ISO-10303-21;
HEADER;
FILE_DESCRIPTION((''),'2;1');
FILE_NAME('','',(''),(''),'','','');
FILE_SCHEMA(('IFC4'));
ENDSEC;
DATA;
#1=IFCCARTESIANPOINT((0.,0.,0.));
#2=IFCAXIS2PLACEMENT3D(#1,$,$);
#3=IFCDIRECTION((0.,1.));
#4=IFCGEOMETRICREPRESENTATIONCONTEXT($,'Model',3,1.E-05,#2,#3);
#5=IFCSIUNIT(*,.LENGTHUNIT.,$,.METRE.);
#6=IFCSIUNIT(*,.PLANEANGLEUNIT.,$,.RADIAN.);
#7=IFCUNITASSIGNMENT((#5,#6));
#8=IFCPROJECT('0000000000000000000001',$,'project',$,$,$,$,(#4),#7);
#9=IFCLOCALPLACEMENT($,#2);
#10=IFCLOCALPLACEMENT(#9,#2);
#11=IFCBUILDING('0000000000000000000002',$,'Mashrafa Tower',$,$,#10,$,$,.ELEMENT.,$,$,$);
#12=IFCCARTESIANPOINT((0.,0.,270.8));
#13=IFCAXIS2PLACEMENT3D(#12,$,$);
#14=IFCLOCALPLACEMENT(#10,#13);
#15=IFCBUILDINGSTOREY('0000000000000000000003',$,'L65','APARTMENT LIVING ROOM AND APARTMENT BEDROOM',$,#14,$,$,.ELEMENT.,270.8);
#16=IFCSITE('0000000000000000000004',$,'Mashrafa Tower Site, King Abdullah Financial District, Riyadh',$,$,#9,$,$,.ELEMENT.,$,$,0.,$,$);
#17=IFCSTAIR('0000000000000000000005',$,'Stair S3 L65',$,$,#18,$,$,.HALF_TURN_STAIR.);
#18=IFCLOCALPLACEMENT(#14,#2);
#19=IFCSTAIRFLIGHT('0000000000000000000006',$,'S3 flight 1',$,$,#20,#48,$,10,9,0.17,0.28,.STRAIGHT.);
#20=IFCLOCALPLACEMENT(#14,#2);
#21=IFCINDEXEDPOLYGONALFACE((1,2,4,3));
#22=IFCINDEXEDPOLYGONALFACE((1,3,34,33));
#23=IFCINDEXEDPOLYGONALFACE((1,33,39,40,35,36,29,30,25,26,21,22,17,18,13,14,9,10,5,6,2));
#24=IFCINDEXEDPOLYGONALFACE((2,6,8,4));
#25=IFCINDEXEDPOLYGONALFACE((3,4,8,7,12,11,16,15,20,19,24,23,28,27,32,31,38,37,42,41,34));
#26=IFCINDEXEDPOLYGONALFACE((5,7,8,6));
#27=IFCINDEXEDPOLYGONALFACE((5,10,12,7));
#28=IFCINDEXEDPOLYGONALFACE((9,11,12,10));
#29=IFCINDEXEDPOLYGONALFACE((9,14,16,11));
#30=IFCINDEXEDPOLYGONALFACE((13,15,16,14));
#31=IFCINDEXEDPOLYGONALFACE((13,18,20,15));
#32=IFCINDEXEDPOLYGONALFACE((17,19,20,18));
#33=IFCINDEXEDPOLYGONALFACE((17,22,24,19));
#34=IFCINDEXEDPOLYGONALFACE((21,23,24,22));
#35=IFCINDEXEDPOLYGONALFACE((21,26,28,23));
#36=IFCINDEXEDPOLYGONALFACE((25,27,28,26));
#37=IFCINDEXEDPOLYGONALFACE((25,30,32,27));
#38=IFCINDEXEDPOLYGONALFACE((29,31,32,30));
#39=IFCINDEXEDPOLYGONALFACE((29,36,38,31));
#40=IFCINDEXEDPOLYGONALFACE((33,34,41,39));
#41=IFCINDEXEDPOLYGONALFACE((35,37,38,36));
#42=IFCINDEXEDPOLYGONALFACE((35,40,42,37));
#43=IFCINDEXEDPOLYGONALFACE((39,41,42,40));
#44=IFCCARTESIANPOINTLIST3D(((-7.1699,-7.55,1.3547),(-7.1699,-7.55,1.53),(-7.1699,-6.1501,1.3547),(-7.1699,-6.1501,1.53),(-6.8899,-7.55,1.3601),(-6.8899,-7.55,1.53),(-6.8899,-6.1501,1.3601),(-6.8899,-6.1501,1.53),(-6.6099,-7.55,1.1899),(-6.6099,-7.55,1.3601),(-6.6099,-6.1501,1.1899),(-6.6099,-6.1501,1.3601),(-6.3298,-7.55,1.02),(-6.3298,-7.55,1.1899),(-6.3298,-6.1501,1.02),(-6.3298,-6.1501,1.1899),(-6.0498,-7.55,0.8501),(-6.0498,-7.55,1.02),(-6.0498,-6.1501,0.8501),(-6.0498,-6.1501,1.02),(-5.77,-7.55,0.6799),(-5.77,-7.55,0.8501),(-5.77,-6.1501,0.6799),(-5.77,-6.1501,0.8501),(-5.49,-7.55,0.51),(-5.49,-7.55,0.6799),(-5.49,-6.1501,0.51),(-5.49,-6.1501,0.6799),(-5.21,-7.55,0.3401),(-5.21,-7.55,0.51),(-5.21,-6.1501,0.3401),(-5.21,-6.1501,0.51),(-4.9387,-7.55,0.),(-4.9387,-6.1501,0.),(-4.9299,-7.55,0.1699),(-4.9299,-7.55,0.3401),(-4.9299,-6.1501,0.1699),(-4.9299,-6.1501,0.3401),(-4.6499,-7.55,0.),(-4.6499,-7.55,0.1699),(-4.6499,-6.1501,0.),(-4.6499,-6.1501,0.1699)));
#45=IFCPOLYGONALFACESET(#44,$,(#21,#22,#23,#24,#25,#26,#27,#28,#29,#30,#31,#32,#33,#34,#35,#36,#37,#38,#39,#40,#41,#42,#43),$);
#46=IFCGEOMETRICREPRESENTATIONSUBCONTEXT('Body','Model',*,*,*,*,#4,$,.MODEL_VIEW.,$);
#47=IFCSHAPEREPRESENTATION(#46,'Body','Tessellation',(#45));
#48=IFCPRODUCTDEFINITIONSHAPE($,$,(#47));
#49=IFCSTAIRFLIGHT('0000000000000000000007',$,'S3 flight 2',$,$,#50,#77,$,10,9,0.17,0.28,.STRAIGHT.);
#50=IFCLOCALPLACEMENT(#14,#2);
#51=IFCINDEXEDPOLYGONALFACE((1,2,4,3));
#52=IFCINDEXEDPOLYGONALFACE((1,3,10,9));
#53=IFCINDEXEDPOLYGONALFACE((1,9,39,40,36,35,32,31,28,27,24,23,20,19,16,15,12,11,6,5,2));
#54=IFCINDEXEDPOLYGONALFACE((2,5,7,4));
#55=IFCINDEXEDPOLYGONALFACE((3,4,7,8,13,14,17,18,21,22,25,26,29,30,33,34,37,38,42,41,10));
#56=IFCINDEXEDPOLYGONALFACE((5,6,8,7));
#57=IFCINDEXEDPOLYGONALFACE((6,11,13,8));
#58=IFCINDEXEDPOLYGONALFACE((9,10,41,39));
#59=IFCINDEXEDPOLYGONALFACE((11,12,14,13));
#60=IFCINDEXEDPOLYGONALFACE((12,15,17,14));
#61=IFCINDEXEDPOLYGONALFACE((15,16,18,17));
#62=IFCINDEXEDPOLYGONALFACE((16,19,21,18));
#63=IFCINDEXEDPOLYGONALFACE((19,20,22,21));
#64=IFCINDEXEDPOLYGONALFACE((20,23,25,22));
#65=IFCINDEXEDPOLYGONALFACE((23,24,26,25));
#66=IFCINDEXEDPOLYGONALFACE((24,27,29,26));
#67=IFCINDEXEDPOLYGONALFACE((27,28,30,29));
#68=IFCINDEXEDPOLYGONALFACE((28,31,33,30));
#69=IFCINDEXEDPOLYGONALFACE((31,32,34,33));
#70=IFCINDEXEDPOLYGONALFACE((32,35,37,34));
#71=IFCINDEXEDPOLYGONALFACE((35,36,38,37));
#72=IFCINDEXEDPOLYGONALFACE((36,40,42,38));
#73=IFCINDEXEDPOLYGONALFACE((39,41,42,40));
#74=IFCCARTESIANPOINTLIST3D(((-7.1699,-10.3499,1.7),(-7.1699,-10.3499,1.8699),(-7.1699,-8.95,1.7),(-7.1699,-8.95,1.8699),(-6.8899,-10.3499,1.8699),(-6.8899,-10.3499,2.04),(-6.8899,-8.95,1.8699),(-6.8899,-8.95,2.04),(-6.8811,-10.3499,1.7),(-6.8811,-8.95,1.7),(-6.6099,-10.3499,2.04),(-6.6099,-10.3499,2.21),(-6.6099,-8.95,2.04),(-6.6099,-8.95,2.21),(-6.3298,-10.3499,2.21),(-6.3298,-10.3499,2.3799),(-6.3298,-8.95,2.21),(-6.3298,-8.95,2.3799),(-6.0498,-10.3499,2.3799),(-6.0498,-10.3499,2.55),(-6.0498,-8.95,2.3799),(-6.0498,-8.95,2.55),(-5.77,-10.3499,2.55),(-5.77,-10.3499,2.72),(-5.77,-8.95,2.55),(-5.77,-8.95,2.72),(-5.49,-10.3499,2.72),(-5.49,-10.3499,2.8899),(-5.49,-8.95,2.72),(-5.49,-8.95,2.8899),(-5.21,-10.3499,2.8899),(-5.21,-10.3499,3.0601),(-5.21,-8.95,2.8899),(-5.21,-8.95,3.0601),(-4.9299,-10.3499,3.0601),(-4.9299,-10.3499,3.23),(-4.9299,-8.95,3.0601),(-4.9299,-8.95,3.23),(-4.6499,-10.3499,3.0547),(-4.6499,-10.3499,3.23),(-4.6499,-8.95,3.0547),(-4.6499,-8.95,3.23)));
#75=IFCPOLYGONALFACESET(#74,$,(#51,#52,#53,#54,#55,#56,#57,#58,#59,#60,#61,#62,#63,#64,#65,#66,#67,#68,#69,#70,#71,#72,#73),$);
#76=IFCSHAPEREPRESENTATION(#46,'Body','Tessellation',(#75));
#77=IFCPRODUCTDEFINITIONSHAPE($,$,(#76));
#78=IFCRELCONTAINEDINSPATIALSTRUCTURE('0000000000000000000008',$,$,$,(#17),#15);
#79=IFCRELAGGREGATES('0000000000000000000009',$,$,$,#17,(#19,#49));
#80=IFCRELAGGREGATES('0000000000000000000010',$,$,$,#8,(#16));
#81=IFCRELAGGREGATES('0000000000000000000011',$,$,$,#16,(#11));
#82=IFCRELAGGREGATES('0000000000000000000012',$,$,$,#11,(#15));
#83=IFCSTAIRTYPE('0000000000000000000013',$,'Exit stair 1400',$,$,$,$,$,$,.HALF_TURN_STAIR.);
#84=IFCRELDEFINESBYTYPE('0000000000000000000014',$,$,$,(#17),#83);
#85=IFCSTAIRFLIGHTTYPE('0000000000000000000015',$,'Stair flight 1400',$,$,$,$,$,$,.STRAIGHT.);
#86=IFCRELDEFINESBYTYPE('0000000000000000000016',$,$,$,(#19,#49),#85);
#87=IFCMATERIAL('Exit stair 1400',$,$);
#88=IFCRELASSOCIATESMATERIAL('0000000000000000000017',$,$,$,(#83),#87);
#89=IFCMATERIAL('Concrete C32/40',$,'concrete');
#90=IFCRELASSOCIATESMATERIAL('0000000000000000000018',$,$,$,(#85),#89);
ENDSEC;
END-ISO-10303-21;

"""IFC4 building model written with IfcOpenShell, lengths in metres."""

from ifc_helpers import new_model, si_unit, direction, frame, origin, place, context, subcontext, project, spatial, polyline, outline, extrude, material, type_object, element, aggregate, save


model = new_model("IFC4")

# Units and contexts
model_context = context("Model", 3, precision=1e-05, world=origin(), true_north=direction((0.0, 1.0)))
body_context = subcontext(model_context, "Body", "Model", "MODEL_VIEW")
ifc_project = project(units=[si_unit("LENGTHUNIT", "METRE"), si_unit("PLANEANGLEUNIT", "RADIAN")], contexts=[model_context])

# Site, building, storey
site_placement = place(None, origin())
site = spatial("IfcSite", under=ifc_project, at=site_placement, Name="Mashrafa Tower Site, King Abdullah Financial District, Riyadh", CompositionType="ELEMENT", RefElevation=0.0)
building_placement = place(site_placement, origin())
building = spatial("IfcBuilding", under=site, at=building_placement, Name="Mashrafa Tower", CompositionType="ELEMENT")
storey_placement = place(building_placement, frame((0.0, 0.0, 270.8)))
storey = spatial("IfcBuildingStorey", under=building, at=storey_placement, Name="L65", Description="APARTMENT LIVING ROOM AND APARTMENT BEDROOM", CompositionType="ELEMENT", Elevation=270.8)

# Stair, stair flights
ifc_material_1 = material(Name="Exit stair 1400")
stair_type = type_object("IfcStairType", Name="Exit stair 1400", PredefinedType="HALF_TURN_STAIR", material=ifc_material_1)
stair_placement = place(storey_placement, origin())
stair = element("IfcStair", 1, at=stair_placement, inside=storey, type_object=stair_type, Name="Stair S3 L65", PredefinedType="HALF_TURN_STAIR")
ifc_material_2 = material(Name="Concrete C32/40", Category="concrete")
stair_flight_type = type_object("IfcStairFlightType", Name="Stair flight 1400", PredefinedType="STRAIGHT", material=ifc_material_2)
stair_flight_1_placement = place(storey_placement, frame((-4.6499, -6.8501, 0.0), z_axis=(0.0, 0.0, 1.0), x_axis=(-1.0, 0.0, 0.0)))
stair_flight_1 = element("IfcStairFlight", 2, at=stair_flight_1_placement, type_object=stair_flight_type, Name="S3 flight 1", NumberOfRisers=10, NumberOfTreads=9, PredefinedType="STRAIGHT", RiserHeight=0.17, TreadLength=0.28, context=body_context, shape_type="SweptSolid", body=[
    extrude(outline(polyline([(0.0, 0.0), (0.0, 0.1699), (0.28, 0.1699), (0.28, 0.3401), (0.5601, 0.3401), (0.5601, 0.51), (0.8401, 0.51), (0.8401, 0.6799), (1.1201, 0.6799), (1.1201, 0.8501), (1.3999, 0.8501), (1.3999, 1.02), (1.6799, 1.02), (1.6799, 1.1899), (1.96, 1.1899), (1.96, 1.3601), (2.24, 1.3601), (2.24, 1.53), (2.52, 1.53), (2.52, 1.7), (2.52, 1.3547), (0.2888, 0.0), (0.0, 0.0)])), frame((0.0, 0.7, 0.0), z_axis=(0.0, -1.0, 0.0), x_axis=(1.0, 0.0, 0.0)), (0.0, 0.0, 1.0), 1.3999),
])
stair_flight_2_placement = place(storey_placement, frame((-7.1699, -9.6499, 1.7), z_axis=(0.0, 0.0, 1.0), x_axis=(1.0, 0.0, 0.0)))
stair_flight_2 = element("IfcStairFlight", 3, at=stair_flight_2_placement, type_object=stair_flight_type, Name="S3 flight 2", NumberOfRisers=10, NumberOfTreads=9, PredefinedType="STRAIGHT", RiserHeight=0.17, TreadLength=0.28, context=body_context, shape_type="SweptSolid", body=[
    extrude(outline(polyline([(0.0, 0.0), (0.0, 0.1699), (0.28, 0.1699), (0.28, 0.3401), (0.5601, 0.3401), (0.5601, 0.51), (0.8401, 0.51), (0.8401, 0.6799), (1.1201, 0.6799), (1.1201, 0.8501), (1.3999, 0.8501), (1.3999, 1.02), (1.6799, 1.02), (1.6799, 1.1899), (1.96, 1.1899), (1.96, 1.3601), (2.24, 1.3601), (2.24, 1.53), (2.52, 1.53), (2.52, 1.7), (2.52, 1.3547), (0.2888, 0.0), (0.0, 0.0)])), frame((0.0, 0.7, 0.0), z_axis=(0.0, -1.0, 0.0), x_axis=(1.0, 0.0, 0.0)), (0.0, 0.0, 1.0), 1.3999),
])
aggregate(stair, [stair_flight_1, stair_flight_2])

save(model, "model.ifc")
